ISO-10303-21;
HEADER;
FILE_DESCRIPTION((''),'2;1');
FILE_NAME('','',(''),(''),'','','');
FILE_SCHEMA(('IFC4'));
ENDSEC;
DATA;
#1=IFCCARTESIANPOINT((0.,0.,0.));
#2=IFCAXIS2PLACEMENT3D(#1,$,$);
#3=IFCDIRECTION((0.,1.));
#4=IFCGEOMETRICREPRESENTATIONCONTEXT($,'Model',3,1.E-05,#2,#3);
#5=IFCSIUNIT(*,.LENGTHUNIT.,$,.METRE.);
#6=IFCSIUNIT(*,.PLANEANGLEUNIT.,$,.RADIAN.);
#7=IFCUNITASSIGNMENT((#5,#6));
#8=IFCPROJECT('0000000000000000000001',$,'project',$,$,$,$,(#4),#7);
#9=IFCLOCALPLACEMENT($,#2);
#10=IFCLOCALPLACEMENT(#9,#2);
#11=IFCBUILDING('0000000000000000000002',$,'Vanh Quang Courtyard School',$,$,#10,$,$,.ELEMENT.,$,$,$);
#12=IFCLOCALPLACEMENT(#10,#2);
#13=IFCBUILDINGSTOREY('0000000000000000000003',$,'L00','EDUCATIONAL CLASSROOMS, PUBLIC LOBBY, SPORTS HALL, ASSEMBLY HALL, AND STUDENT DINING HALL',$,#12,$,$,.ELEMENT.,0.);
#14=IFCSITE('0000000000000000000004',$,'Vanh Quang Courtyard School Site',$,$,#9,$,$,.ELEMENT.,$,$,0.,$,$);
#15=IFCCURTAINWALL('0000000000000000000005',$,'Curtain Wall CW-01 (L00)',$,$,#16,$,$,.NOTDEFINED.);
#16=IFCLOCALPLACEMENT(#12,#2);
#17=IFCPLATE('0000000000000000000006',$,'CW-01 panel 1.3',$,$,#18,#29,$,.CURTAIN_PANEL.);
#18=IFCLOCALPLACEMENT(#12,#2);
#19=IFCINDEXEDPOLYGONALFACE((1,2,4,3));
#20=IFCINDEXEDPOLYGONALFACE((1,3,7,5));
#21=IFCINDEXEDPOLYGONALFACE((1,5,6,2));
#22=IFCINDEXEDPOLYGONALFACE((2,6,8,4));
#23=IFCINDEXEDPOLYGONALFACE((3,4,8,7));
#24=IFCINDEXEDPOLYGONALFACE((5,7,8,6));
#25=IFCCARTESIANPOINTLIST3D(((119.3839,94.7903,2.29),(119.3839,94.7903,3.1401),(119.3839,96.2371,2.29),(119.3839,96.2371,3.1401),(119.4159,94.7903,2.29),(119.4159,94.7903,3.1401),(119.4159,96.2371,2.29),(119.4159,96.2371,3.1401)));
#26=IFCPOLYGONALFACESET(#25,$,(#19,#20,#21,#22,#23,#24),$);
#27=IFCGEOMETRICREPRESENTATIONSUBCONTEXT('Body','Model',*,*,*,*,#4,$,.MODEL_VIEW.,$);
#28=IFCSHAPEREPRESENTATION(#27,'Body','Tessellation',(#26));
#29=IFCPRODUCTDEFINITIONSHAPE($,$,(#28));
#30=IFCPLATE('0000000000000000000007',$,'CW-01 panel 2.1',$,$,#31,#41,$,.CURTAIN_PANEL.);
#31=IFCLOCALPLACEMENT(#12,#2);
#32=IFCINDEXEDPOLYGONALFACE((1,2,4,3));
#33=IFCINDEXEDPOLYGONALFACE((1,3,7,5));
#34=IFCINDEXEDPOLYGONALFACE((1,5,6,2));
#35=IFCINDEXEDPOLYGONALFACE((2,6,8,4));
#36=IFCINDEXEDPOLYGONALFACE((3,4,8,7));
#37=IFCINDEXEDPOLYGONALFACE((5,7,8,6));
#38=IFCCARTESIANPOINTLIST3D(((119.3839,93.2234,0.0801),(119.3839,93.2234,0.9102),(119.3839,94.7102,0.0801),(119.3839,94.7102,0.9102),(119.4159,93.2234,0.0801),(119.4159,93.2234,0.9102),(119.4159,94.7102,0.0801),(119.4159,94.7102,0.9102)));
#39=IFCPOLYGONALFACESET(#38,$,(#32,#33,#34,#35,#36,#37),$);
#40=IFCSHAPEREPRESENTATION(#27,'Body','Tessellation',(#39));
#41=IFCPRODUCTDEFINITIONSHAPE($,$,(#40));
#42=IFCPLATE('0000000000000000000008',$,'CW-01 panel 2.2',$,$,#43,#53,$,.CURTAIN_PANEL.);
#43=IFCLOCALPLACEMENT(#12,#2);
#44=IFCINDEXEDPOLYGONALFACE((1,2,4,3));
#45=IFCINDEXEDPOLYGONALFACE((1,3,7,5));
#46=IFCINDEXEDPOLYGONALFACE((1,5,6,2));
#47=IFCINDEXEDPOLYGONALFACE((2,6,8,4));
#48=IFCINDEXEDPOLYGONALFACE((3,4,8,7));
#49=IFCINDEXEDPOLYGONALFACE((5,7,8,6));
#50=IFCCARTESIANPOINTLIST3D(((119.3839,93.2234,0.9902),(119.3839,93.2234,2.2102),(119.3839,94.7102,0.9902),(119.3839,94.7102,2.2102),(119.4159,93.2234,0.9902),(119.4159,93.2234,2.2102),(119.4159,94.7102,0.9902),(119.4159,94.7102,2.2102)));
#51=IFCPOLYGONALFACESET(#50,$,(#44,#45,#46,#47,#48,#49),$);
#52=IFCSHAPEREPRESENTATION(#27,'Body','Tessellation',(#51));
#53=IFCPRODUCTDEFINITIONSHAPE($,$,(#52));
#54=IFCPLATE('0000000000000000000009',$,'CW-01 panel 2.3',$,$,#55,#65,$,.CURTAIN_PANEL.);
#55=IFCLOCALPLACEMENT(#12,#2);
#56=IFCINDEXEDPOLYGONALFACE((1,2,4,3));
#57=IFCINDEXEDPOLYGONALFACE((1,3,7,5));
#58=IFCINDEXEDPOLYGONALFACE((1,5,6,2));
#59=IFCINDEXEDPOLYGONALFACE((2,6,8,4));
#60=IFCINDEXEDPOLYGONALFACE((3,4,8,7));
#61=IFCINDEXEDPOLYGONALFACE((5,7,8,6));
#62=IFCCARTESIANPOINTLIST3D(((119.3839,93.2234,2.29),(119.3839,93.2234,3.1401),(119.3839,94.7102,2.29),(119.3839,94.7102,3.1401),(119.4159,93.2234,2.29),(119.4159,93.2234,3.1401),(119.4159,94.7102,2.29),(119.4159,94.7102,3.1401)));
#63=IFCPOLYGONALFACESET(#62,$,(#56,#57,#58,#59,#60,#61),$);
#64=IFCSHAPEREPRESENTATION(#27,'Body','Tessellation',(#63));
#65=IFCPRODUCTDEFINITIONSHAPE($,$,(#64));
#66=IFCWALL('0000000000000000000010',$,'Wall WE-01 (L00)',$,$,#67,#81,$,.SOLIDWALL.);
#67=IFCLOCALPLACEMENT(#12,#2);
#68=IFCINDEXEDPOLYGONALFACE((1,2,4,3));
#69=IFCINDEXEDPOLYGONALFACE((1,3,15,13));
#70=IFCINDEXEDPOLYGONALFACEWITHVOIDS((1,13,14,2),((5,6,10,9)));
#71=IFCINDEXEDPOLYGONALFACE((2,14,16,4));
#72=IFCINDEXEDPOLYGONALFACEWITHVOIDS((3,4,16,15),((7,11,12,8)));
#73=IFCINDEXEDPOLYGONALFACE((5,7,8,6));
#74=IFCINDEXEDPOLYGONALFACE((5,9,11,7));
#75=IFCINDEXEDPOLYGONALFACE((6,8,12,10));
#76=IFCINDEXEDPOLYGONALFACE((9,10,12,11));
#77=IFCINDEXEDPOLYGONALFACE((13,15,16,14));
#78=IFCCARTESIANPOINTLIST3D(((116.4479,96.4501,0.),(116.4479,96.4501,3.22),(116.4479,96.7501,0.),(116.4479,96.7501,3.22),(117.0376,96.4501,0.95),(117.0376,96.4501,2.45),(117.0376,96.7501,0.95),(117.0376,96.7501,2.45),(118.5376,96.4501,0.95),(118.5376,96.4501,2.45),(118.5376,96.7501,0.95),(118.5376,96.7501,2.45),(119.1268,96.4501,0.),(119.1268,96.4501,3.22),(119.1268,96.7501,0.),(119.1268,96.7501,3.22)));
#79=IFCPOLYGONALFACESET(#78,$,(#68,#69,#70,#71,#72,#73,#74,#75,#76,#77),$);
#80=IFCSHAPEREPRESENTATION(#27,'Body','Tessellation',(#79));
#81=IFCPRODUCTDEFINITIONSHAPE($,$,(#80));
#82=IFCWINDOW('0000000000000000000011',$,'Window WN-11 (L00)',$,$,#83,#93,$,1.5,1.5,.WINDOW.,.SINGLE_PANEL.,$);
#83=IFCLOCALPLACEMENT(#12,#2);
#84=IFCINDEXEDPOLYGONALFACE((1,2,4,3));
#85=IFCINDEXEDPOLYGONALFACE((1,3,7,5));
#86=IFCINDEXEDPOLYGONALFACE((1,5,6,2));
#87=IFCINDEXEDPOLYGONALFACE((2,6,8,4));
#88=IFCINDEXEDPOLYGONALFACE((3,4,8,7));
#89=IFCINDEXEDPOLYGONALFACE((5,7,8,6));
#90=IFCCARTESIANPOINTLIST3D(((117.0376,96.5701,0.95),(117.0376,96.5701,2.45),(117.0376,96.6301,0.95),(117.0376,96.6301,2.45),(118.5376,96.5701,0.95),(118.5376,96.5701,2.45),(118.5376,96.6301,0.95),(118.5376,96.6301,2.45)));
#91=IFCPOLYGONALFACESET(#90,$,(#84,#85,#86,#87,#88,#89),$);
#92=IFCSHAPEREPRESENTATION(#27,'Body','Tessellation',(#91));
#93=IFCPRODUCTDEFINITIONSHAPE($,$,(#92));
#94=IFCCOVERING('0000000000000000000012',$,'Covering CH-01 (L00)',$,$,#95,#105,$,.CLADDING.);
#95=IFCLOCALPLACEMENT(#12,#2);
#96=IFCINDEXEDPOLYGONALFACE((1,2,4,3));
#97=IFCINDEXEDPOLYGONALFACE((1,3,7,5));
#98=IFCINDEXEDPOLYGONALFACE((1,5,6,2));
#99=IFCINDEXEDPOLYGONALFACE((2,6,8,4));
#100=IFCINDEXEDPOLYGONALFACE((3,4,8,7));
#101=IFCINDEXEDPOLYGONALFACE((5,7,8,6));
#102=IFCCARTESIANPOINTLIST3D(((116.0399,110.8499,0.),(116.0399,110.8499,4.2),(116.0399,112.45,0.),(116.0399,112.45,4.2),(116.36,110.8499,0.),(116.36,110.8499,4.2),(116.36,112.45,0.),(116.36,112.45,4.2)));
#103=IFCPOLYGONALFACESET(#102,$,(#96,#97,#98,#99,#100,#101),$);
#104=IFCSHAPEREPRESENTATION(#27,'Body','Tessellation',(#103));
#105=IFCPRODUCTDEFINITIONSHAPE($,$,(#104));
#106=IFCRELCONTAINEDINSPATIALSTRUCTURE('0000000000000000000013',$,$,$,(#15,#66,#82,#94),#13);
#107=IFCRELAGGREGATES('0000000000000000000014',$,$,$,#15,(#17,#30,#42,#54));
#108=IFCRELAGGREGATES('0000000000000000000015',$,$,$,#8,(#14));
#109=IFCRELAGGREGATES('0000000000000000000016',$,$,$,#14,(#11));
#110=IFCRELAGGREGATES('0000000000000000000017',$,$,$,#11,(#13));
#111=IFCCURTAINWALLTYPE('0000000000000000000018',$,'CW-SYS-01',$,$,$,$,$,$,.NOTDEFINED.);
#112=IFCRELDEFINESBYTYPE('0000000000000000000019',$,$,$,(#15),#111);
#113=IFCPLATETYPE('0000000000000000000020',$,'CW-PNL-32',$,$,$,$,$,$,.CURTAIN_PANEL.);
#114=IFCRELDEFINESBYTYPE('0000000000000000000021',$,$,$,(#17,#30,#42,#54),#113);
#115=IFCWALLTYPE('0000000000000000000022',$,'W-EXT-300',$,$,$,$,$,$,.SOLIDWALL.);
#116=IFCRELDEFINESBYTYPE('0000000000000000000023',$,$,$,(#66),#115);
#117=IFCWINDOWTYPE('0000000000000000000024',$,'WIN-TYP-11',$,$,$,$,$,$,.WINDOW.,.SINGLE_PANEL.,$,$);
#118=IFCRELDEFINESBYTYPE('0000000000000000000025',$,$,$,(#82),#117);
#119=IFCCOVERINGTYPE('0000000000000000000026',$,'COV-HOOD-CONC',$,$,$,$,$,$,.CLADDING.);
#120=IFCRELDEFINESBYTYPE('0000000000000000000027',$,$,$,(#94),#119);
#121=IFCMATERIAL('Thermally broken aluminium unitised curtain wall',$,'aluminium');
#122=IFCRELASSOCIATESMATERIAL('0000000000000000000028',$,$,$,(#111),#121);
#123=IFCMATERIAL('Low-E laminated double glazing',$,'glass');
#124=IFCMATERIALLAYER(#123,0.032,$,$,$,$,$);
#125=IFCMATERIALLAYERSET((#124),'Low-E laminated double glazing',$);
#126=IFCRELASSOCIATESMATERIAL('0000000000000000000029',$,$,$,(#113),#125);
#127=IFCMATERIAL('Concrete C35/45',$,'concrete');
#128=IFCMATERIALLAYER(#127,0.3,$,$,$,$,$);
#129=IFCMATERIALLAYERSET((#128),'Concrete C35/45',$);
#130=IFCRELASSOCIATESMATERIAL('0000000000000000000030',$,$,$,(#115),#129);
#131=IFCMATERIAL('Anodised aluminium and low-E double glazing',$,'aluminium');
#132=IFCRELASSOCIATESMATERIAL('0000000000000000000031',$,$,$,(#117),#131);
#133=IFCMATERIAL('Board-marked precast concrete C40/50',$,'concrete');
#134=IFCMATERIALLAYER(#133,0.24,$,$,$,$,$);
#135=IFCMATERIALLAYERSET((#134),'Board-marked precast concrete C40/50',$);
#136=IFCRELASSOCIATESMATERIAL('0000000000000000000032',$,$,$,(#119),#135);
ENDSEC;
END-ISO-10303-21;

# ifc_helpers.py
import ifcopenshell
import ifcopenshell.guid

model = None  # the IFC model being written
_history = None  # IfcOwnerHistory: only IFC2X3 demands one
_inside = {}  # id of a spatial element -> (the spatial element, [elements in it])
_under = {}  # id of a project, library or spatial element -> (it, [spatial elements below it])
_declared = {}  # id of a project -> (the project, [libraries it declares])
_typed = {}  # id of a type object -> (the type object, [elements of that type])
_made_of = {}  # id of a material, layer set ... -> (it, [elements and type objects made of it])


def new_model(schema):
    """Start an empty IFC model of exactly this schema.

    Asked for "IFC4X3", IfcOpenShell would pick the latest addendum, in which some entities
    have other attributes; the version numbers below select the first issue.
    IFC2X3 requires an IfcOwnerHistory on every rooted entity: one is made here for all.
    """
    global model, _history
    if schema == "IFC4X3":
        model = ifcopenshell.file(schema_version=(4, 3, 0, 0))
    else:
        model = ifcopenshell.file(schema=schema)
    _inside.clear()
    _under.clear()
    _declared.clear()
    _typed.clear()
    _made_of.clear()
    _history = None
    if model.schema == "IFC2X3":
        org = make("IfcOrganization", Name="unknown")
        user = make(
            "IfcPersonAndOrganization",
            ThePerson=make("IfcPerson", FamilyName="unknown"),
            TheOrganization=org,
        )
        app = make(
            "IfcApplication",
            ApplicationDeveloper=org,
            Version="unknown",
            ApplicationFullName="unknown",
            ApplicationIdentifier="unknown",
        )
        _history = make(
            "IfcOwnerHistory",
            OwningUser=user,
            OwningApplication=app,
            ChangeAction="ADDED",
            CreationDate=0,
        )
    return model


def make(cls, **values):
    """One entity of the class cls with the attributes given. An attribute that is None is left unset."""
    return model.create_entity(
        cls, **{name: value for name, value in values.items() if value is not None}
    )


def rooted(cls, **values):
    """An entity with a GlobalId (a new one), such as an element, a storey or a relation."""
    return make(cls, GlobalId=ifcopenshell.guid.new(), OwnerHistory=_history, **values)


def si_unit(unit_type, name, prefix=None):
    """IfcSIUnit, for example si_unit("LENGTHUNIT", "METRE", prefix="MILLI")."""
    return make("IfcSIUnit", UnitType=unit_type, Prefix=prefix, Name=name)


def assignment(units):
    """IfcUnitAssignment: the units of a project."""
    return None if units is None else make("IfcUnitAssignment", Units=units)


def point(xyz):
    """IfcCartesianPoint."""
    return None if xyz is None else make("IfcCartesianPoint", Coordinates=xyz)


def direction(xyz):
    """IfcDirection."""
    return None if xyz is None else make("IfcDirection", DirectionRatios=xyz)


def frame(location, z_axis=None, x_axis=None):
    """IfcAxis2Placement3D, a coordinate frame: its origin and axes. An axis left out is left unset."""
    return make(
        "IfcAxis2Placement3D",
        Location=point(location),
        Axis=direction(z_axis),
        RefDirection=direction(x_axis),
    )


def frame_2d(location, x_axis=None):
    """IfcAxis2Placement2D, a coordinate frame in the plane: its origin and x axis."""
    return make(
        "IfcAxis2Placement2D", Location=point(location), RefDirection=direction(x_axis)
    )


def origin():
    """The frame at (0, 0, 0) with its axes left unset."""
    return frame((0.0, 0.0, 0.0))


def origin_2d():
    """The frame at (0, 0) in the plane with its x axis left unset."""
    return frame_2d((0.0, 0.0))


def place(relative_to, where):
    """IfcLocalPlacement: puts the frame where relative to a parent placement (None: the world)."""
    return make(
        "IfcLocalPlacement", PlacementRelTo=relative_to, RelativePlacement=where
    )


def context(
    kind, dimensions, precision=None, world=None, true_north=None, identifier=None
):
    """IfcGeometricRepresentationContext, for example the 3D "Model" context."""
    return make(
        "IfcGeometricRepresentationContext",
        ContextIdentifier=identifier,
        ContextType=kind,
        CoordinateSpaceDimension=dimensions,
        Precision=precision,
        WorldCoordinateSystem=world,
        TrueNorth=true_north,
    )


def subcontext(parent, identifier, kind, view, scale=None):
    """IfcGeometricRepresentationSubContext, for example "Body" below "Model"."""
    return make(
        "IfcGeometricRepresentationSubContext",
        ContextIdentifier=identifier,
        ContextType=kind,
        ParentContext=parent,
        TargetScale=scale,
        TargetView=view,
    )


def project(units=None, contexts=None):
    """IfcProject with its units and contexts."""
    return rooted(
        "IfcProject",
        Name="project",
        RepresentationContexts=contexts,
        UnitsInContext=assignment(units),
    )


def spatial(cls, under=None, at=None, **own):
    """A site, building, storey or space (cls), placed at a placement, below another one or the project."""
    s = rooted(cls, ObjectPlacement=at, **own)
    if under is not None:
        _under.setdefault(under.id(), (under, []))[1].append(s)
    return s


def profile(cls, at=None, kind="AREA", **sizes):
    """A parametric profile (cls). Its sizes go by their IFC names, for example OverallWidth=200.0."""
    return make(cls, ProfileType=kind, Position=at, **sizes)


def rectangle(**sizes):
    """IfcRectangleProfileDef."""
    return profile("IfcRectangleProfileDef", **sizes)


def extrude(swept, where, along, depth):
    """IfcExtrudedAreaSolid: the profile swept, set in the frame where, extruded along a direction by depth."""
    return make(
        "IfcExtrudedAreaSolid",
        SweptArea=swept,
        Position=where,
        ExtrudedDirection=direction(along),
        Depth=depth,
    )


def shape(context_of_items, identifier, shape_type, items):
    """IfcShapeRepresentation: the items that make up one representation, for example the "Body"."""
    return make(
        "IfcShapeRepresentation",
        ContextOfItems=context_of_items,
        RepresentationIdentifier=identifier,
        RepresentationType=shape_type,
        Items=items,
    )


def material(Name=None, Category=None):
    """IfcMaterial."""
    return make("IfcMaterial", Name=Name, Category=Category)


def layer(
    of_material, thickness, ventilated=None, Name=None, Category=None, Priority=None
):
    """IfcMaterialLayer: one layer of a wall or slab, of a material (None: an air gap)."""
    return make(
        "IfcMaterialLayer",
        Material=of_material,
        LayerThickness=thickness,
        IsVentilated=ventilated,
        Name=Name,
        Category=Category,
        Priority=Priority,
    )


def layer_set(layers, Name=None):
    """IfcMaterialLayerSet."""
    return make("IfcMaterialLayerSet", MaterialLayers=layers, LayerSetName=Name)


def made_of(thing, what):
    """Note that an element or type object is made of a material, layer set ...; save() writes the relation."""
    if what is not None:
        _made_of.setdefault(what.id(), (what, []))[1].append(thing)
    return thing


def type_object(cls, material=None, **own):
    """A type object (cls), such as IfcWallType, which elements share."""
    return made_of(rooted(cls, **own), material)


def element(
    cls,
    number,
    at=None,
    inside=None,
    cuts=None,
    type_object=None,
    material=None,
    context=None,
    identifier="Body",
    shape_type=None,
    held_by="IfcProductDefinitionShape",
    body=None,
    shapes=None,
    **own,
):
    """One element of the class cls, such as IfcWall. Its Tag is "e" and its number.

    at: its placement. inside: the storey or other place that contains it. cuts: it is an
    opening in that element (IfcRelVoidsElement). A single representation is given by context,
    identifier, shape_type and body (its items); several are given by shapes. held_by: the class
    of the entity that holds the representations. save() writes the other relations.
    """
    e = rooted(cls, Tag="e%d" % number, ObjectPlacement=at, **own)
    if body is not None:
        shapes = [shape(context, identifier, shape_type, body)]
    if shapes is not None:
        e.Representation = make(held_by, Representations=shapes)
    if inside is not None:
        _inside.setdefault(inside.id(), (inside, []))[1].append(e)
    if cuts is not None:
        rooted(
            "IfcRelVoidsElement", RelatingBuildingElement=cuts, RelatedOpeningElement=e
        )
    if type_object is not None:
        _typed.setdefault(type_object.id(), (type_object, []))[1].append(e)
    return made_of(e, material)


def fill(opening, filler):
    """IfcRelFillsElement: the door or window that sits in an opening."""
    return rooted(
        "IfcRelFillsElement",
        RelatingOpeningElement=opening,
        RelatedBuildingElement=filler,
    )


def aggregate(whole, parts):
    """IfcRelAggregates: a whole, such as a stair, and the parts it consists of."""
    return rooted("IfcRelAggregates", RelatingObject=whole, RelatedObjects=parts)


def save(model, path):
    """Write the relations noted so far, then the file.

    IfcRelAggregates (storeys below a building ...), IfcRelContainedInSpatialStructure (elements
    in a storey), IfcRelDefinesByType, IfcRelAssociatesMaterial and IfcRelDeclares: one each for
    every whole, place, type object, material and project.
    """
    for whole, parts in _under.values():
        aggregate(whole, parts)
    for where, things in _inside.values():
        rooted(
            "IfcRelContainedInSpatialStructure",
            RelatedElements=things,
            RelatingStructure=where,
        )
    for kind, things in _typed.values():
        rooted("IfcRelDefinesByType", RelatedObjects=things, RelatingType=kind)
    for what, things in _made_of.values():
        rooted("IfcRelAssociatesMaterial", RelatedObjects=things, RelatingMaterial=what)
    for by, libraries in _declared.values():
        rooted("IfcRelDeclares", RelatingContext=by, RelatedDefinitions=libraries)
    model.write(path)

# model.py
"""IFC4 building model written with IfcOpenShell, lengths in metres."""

from ifc_helpers import new_model, si_unit, direction, frame, frame_2d, origin, origin_2d, place, context, subcontext, project, spatial, rectangle, extrude, material, layer, layer_set, type_object, element, fill, aggregate, save


model = new_model("IFC4")

# Units and contexts
model_context = context("Model", 3, precision=1e-05, world=origin(), true_north=direction((0.0, 1.0)))
body_context = subcontext(model_context, "Body", "Model", "MODEL_VIEW")
ifc_project = project(units=[si_unit("LENGTHUNIT", "METRE"), si_unit("PLANEANGLEUNIT", "RADIAN")], contexts=[model_context])

# Site, building, storey
site_placement = place(None, origin())
site = spatial("IfcSite", under=ifc_project, at=site_placement, Name="Vanh Quang Courtyard School Site", CompositionType="ELEMENT", RefElevation=0.0)
building_placement = place(site_placement, origin())
building = spatial("IfcBuilding", under=site, at=building_placement, Name="Vanh Quang Courtyard School", CompositionType="ELEMENT")
storey_placement = place(building_placement, origin())
storey = spatial("IfcBuildingStorey", under=building, at=storey_placement, Name="L00", Description="EDUCATIONAL CLASSROOMS, PUBLIC LOBBY, SPORTS HALL, ASSEMBLY HALL, AND STUDENT DINING HALL", CompositionType="ELEMENT", Elevation=0.0)

# Shared definitions
ifc_material_1 = material(Name="Concrete C35/45", Category="concrete")

# Curtain wall, plates
ifc_material_2 = material(Name="Thermally broken aluminium unitised curtain wall", Category="aluminium")
curtain_wall_type = type_object("IfcCurtainWallType", Name="CW-SYS-01", PredefinedType="NOTDEFINED", material=ifc_material_2)
curtain_wall_placement = place(storey_placement, origin())
curtain_wall = element("IfcCurtainWall", 1, at=curtain_wall_placement, inside=storey, type_object=curtain_wall_type, Name="Curtain Wall CW-01 (L00)", PredefinedType="NOTDEFINED")
ifc_material_3 = material(Name="Low-E laminated double glazing", Category="glass")
ifc_layer_1 = layer(ifc_material_3, 0.032)
ifc_layer_set_1 = layer_set([ifc_layer_1], Name="Low-E laminated double glazing")
plate_type = type_object("IfcPlateType", Name="CW-PNL-32", PredefinedType="CURTAIN_PANEL", material=ifc_layer_set_1)
plate_1_placement = place(storey_placement, frame((119.3999, 95.5137, 2.29), z_axis=(0.0, 0.0, 1.0), x_axis=(0.0, -1.0, 0.0)))
plate_1 = element("IfcPlate", 2, at=plate_1_placement, type_object=plate_type, Name="CW-01 panel 1.3", PredefinedType="CURTAIN_PANEL", context=body_context, shape_type="SweptSolid", body=[
    extrude(rectangle(XDim=1.4468, YDim=0.032, at=origin_2d()), origin(), (0.0, 0.0, 1.0), 0.8501),
])
plate_2_placement = place(storey_placement, frame((119.3999, 93.9668, 0.0801), z_axis=(0.0, 0.0, 1.0), x_axis=(0.0, -1.0, 0.0)))
plate_2 = element("IfcPlate", 3, at=plate_2_placement, type_object=plate_type, Name="CW-01 panel 2.1", PredefinedType="CURTAIN_PANEL", context=body_context, shape_type="SweptSolid", body=[
    extrude(rectangle(XDim=1.4868, YDim=0.032, at=origin_2d()), origin(), (0.0, 0.0, 1.0), 0.8301),
])
plate_3_placement = place(storey_placement, frame((119.3999, 93.9668, 0.9902), z_axis=(0.0, 0.0, 1.0), x_axis=(0.0, -1.0, 0.0)))
plate_3 = element("IfcPlate", 4, at=plate_3_placement, type_object=plate_type, Name="CW-01 panel 2.2", PredefinedType="CURTAIN_PANEL", context=body_context, shape_type="SweptSolid", body=[
    extrude(rectangle(XDim=1.4868, YDim=0.032, at=origin_2d()), origin(), (0.0, 0.0, 1.0), 1.22),
])
plate_4_placement = place(storey_placement, frame((119.3999, 93.9668, 2.29), z_axis=(0.0, 0.0, 1.0), x_axis=(0.0, -1.0, 0.0)))
plate_4 = element("IfcPlate", 5, at=plate_4_placement, type_object=plate_type, Name="CW-01 panel 2.3", PredefinedType="CURTAIN_PANEL", context=body_context, shape_type="SweptSolid", body=[
    extrude(rectangle(XDim=1.4868, YDim=0.032, at=origin_2d()), origin(), (0.0, 0.0, 1.0), 0.8501),
])
aggregate(curtain_wall, [plate_1, plate_2, plate_3, plate_4])

# Wall, opening, window
ifc_layer_2 = layer(ifc_material_1, 0.3)
ifc_layer_set_2 = layer_set([ifc_layer_2], Name="Concrete C35/45")
wall_type = type_object("IfcWallType", Name="W-EXT-300", PredefinedType="SOLIDWALL", material=ifc_layer_set_2)
wall_placement = place(storey_placement, frame((116.448, 96.6001, 0.0), z_axis=(0.0, 0.0, 1.0), x_axis=(1.0, 0.0, 0.0)))
wall = element("IfcWall", 6, at=wall_placement, inside=storey, type_object=wall_type, Name="Wall WE-01 (L00)", PredefinedType="SOLIDWALL", context=body_context, shape_type="SweptSolid", body=[
    extrude(rectangle(XDim=2.679, YDim=0.3, at=frame_2d((1.3394, 0.0))), origin(), (0.0, 0.0, 1.0), 3.22),
])
opening_placement = place(wall_placement, frame((0.5896, 0.0, 0.95)))
opening = element("IfcOpeningElement", 7, at=opening_placement, cuts=wall, PredefinedType="OPENING", context=body_context, shape_type="SweptSolid", body=[
    extrude(rectangle(XDim=1.5, YDim=1.5, at=frame_2d((0.75, 0.75))), frame((0.0, 0.1602, 0.0), z_axis=(0.0, -1.0, 0.0), x_axis=(1.0, 0.0, 0.0)), (0.0, 0.0, 1.0), 0.3201),
])
ifc_material_4 = material(Name="Anodised aluminium and low-E double glazing", Category="aluminium")
window_type = type_object("IfcWindowType", Name="WIN-TYP-11", PartitioningType="SINGLE_PANEL", PredefinedType="WINDOW", material=ifc_material_4)
window_placement = place(opening_placement, origin())
window = element("IfcWindow", 8, at=window_placement, inside=storey, type_object=window_type, Name="Window WN-11 (L00)", OverallHeight=1.5, OverallWidth=1.5, PartitioningType="SINGLE_PANEL", PredefinedType="WINDOW", context=body_context, shape_type="SweptSolid", body=[
    extrude(rectangle(XDim=1.5, YDim=1.5, at=frame_2d((0.75, 0.75))), frame((0.0, 0.03, 0.0), z_axis=(0.0, -1.0, 0.0), x_axis=(1.0, 0.0, 0.0)), (0.0, 0.0, 1.0), 0.0601),
])
fill(opening, window)

# Covering
ifc_material_5 = material(Name="Board-marked precast concrete C40/50", Category="concrete")
ifc_layer_3 = layer(ifc_material_5, 0.24)
ifc_layer_set_3 = layer_set([ifc_layer_3], Name="Board-marked precast concrete C40/50")
covering_type = type_object("IfcCoveringType", Name="COV-HOOD-CONC", PredefinedType="CLADDING", material=ifc_layer_set_3)
covering_placement = place(storey_placement, frame((116.2, 111.6499, 0.0), z_axis=(0.0, 0.0, 1.0), x_axis=(0.0, 1.0, 0.0)))
element("IfcCovering", 9, at=covering_placement, inside=storey, type_object=covering_type, Name="Covering CH-01 (L00)", PredefinedType="CLADDING", context=body_context, shape_type="SweptSolid", body=[
    extrude(rectangle(XDim=1.6001, YDim=0.3201, at=origin_2d()), origin(), (0.0, 0.0, 1.0), 4.2),
])

save(model, "model.ifc")
